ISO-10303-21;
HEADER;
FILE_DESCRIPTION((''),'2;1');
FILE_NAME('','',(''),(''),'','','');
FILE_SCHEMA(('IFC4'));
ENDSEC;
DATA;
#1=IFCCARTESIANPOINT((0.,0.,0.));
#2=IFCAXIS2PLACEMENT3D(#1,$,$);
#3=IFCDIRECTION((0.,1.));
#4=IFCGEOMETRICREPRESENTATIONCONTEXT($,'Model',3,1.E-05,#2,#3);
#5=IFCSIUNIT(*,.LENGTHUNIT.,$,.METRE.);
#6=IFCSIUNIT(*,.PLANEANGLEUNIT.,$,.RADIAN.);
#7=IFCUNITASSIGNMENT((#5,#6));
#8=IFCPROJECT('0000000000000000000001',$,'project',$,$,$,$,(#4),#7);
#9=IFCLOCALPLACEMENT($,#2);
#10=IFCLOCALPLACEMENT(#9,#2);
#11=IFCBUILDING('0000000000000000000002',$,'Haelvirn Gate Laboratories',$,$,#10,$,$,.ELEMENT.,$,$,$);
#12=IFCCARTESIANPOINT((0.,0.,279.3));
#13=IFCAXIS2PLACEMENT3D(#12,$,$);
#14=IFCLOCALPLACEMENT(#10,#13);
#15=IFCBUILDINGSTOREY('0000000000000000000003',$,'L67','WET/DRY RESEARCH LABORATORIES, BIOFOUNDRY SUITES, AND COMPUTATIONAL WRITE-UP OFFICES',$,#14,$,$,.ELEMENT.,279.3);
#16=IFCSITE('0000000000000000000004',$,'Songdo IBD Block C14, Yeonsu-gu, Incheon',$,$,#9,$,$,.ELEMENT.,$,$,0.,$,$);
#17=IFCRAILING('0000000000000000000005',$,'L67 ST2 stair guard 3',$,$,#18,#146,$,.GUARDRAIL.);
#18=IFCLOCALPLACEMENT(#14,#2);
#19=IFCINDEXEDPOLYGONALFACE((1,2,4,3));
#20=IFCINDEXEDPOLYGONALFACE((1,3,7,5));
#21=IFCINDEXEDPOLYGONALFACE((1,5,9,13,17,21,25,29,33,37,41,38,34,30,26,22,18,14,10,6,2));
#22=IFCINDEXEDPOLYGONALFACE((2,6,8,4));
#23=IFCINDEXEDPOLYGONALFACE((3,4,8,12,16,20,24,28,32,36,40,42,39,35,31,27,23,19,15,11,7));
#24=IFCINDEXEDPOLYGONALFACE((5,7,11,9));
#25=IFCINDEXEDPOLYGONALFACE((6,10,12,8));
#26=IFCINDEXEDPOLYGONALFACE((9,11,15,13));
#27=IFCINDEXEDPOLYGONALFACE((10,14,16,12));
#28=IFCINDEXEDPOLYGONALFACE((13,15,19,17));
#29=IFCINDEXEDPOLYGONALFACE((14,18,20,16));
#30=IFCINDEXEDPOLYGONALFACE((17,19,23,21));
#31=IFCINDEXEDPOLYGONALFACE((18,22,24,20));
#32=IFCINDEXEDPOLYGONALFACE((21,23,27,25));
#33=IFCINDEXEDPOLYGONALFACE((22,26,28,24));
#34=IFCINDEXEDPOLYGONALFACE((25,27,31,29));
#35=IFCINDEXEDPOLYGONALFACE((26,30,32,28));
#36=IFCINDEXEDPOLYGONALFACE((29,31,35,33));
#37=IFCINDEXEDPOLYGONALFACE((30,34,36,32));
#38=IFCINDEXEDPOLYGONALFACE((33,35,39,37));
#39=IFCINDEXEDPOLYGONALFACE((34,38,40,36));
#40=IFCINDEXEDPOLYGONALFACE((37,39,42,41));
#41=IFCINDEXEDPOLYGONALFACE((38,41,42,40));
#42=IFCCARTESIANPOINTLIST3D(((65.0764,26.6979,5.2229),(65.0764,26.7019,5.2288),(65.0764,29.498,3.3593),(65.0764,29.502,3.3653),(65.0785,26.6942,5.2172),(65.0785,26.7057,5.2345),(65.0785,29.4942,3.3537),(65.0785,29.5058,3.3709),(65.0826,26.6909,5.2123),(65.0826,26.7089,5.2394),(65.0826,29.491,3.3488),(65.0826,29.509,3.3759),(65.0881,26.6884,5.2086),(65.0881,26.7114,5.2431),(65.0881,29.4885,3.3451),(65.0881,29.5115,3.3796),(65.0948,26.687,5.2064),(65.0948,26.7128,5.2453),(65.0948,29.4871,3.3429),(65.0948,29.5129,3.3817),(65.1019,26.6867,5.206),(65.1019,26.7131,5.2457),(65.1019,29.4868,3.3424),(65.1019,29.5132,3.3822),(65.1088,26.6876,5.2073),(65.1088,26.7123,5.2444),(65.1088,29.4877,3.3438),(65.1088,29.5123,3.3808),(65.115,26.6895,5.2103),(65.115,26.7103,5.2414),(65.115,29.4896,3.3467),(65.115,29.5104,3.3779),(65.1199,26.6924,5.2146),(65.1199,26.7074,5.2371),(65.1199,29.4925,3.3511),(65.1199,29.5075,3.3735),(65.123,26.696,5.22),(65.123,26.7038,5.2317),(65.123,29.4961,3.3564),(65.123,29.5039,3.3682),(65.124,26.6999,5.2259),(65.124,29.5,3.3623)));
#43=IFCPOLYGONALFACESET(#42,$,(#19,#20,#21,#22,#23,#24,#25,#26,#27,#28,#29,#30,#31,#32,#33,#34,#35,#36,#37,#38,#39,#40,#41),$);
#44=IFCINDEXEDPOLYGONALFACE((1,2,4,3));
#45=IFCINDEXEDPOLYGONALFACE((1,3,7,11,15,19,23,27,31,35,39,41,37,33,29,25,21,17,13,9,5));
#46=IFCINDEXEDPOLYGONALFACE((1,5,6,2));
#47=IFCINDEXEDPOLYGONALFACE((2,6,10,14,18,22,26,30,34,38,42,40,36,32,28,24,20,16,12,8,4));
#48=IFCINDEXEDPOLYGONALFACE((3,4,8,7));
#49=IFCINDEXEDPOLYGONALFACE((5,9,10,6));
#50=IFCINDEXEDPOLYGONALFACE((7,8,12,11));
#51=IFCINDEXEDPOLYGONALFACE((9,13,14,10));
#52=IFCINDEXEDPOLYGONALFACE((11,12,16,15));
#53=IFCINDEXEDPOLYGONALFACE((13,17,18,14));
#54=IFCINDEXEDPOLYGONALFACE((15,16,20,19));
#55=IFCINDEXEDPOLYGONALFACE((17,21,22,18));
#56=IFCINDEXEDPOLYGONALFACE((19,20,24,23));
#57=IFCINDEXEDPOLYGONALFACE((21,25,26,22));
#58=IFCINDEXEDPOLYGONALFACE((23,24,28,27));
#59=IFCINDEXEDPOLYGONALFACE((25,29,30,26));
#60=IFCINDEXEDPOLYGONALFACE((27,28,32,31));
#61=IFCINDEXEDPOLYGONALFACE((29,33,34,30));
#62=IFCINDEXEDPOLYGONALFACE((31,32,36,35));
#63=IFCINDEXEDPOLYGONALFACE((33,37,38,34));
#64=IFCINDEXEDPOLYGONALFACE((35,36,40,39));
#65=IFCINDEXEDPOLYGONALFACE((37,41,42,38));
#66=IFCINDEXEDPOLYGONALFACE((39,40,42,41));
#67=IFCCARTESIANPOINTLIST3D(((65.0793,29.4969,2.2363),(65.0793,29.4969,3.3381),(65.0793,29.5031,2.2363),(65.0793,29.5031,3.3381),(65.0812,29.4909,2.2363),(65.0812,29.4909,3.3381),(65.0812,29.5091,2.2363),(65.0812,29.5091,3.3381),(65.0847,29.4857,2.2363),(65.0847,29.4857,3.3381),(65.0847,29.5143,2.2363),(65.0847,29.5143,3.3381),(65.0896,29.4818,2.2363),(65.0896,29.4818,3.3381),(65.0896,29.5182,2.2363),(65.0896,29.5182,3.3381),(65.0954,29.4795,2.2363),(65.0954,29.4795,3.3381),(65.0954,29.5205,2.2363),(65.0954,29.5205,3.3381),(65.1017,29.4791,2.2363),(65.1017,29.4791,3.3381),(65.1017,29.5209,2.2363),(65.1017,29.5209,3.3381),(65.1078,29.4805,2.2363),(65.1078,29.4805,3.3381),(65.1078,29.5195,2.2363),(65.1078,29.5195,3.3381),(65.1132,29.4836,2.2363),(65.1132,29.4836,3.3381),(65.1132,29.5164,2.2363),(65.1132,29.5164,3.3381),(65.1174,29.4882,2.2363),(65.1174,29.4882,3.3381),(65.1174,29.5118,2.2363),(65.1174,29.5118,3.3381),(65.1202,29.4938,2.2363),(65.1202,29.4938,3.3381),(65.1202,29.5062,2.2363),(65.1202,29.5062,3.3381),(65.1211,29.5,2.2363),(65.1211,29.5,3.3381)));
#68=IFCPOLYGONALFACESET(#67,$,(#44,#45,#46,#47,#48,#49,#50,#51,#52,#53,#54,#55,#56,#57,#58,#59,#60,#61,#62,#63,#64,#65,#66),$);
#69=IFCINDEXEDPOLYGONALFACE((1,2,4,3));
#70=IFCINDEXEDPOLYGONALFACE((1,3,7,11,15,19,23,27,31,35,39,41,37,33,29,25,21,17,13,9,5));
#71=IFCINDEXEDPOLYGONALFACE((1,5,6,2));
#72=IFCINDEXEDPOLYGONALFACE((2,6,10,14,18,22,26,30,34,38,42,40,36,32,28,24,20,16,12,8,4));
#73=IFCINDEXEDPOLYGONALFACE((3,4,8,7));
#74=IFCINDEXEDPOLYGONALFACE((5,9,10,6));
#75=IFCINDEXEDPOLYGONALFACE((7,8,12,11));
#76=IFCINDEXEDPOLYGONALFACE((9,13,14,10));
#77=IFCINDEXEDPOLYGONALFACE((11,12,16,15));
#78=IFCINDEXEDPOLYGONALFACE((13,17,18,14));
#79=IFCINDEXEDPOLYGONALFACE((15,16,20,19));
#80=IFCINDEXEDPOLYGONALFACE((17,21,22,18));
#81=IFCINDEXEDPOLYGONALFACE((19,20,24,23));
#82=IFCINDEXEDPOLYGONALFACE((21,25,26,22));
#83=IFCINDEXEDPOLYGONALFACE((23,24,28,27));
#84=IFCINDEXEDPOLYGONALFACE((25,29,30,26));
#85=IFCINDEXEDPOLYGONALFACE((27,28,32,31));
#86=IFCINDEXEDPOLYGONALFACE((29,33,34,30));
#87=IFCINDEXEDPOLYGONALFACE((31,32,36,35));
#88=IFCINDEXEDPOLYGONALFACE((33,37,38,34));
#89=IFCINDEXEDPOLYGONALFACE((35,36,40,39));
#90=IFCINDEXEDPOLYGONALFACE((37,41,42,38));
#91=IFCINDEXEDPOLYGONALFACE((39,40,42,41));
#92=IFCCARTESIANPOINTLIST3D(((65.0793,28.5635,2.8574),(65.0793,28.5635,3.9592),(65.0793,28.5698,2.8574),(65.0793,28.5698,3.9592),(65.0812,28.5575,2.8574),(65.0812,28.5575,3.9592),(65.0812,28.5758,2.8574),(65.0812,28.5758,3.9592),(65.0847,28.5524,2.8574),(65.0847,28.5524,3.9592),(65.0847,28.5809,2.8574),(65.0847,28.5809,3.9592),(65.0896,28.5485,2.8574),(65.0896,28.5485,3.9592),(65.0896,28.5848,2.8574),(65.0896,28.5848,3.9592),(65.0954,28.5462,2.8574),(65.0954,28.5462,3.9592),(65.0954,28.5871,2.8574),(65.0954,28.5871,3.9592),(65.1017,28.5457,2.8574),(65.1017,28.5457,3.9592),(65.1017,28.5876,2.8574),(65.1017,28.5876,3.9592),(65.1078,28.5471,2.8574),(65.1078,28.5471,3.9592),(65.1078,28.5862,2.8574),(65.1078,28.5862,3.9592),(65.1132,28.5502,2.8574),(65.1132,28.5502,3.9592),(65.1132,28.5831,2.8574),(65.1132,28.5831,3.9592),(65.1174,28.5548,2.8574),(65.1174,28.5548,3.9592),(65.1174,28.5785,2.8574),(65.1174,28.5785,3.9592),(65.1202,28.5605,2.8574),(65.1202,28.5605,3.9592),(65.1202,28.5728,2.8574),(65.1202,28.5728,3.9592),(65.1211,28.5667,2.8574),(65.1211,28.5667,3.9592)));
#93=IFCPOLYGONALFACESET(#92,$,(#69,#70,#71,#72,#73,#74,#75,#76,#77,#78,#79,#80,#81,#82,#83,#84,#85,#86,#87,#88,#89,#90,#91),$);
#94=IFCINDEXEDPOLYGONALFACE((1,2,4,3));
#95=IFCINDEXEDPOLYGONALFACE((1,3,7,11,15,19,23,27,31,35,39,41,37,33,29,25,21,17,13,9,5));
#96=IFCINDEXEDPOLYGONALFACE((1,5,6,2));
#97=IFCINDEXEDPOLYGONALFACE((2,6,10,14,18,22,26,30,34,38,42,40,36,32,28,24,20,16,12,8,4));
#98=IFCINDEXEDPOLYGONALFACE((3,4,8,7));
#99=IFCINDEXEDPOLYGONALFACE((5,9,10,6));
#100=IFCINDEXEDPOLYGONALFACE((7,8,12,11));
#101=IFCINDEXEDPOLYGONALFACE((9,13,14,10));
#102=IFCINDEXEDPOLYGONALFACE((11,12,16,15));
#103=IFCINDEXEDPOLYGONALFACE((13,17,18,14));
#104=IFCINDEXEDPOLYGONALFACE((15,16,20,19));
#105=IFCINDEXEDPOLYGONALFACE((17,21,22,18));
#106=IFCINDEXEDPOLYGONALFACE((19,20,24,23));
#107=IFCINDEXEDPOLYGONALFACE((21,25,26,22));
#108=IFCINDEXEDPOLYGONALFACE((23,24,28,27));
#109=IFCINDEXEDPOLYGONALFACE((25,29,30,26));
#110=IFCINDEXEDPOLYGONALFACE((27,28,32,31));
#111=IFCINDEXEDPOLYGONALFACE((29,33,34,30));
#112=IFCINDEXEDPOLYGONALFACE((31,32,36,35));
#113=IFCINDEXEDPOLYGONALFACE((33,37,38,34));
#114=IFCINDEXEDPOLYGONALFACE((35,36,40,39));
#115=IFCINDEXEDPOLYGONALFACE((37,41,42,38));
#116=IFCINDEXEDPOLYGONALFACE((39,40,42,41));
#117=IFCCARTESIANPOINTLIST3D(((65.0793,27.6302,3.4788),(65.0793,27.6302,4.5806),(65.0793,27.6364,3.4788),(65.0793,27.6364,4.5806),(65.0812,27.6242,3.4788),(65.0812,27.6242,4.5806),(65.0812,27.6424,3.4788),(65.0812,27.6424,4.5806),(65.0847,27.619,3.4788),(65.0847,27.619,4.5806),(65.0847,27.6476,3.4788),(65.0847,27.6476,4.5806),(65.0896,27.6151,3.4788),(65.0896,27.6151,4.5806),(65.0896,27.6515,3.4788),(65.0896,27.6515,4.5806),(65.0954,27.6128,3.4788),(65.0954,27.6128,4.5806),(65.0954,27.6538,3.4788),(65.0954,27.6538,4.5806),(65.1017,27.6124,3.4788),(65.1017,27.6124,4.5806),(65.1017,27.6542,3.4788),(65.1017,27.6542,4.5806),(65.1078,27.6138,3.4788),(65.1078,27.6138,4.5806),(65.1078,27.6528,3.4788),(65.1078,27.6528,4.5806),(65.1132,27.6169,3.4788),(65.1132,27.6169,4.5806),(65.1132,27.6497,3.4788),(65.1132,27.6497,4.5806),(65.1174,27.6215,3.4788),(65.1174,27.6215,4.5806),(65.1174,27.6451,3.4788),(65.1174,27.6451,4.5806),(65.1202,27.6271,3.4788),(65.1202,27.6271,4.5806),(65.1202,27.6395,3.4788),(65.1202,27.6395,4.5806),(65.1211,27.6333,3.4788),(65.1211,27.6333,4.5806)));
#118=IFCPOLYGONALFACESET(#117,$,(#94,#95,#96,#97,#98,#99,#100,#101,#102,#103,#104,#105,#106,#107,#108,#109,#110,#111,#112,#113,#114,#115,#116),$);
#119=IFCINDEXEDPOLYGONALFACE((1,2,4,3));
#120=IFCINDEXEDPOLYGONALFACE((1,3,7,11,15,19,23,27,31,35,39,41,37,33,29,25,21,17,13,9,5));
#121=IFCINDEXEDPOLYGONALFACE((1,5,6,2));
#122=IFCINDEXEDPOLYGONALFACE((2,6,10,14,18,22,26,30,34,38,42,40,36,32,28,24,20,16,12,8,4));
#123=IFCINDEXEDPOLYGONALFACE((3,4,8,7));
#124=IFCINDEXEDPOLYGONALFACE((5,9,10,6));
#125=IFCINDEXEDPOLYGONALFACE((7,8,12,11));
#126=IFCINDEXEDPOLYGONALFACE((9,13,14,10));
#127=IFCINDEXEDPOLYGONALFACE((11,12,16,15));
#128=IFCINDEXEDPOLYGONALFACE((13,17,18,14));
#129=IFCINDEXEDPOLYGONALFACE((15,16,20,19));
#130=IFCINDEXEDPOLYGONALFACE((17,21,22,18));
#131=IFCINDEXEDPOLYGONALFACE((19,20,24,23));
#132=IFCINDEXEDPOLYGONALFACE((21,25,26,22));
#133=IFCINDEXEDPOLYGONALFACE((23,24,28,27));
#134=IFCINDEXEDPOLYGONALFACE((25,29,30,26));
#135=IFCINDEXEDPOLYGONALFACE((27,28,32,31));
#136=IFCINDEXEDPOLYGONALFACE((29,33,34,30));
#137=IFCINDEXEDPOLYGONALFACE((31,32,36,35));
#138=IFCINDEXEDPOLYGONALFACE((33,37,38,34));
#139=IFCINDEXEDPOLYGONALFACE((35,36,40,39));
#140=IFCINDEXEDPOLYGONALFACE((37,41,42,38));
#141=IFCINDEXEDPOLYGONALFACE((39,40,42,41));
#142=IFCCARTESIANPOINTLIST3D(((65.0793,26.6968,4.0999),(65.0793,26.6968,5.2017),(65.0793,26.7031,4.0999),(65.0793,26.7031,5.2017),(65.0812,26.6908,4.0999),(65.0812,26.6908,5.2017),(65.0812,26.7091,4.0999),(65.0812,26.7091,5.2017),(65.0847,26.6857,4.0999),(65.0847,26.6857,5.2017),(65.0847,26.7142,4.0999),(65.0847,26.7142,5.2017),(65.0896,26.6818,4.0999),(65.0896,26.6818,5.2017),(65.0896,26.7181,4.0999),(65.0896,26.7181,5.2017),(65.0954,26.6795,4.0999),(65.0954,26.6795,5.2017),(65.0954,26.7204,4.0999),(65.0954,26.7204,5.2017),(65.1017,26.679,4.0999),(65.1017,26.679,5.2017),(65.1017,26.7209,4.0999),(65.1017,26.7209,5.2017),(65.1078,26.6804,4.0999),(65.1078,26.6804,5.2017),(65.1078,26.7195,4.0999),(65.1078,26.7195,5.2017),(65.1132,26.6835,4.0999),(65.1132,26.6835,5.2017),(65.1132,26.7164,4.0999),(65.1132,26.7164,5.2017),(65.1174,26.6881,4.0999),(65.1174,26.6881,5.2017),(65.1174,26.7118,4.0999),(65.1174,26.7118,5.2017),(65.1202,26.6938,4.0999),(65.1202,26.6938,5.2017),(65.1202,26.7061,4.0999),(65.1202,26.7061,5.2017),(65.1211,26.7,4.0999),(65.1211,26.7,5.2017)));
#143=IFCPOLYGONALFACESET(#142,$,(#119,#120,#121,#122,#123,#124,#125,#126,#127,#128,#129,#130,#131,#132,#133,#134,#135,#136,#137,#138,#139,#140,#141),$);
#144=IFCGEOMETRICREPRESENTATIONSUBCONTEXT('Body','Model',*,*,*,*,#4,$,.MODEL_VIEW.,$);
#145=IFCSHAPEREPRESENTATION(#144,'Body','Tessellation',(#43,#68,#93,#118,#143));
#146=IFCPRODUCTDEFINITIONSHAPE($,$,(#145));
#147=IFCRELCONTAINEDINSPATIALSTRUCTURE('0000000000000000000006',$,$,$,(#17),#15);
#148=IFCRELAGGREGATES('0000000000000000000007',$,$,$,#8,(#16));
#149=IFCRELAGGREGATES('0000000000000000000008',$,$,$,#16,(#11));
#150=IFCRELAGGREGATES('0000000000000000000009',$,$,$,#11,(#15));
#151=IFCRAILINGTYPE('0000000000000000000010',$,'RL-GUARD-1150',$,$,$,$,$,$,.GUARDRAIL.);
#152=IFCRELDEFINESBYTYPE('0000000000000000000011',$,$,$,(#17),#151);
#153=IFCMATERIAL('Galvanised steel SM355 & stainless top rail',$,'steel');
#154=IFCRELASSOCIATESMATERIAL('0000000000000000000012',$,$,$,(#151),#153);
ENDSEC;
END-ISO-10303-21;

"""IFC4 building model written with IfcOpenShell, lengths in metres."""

from ifc_helpers import new_model, si_unit, direction, frame, origin, origin_2d, place, context, subcontext, project, spatial, circle, extrude, source, transform, mapped, material, type_object, element, save


model = new_model("IFC4")

# Units and contexts
model_context = context("Model", 3, precision=1e-05, world=origin(), true_north=direction((0.0, 1.0)))
body_context = subcontext(model_context, "Body", "Model", "MODEL_VIEW")
ifc_project = project(units=[si_unit("LENGTHUNIT", "METRE"), si_unit("PLANEANGLEUNIT", "RADIAN")], contexts=[model_context])

# Site, building, storey
site_placement = place(None, origin())
site = spatial("IfcSite", under=ifc_project, at=site_placement, Name="Songdo IBD Block C14, Yeonsu-gu, Incheon", CompositionType="ELEMENT", RefElevation=0.0)
building_placement = place(site_placement, origin())
building = spatial("IfcBuilding", under=site, at=building_placement, Name="Haelvirn Gate Laboratories", CompositionType="ELEMENT")
storey_placement = place(building_placement, frame((0.0, 0.0, 279.3)))
storey = spatial("IfcBuildingStorey", under=building, at=storey_placement, Name="L67", Description="WET/DRY RESEARCH LABORATORIES, BIOFOUNDRY SUITES, AND COMPUTATIONAL WRITE-UP OFFICES", CompositionType="ELEMENT", Elevation=279.3)

# Railing
ifc_material_1 = material(Name="Galvanised steel SM355 & stainless top rail", Category="steel")
railing_type_1 = type_object("IfcRailingType", Name="RL-GUARD-1150", PredefinedType="GUARDRAIL", material=ifc_material_1)
shared_shape_1 = source(origin(), body_context, "Body", "SweptSolid", [
    extrude(circle(Radius=0.0239, at=origin_2d()), frame((0.0, 0.0, 1.126), z_axis=(0.0, -0.832486, 0.554047), x_axis=(1.0, 0.0, 0.0)), (0.0, 0.0, 1.0), 3.3635),
    extrude(circle(Radius=0.021, at=origin_2d()), origin(), (0.0, 0.0, 1.0), 1.1018),
    extrude(circle(Radius=0.021, at=origin_2d()), frame((0.0, -0.9333, 0.6211)), (0.0, 0.0, 1.0), 1.1018),
    extrude(circle(Radius=0.021, at=origin_2d()), frame((0.0, -1.8667, 1.2424)), (0.0, 0.0, 1.0), 1.1018),
    extrude(circle(Radius=0.021, at=origin_2d()), frame((0.0, -2.8, 1.8635)), (0.0, 0.0, 1.0), 1.1018),
])
railing_1_placement = place(storey_placement, frame((65.1001, 29.5, 2.2363)))
element("IfcRailing", 1, at=railing_1_placement, inside=storey, type_object=railing_type_1, Name="L67 ST2 stair guard 3", PredefinedType="GUARDRAIL", context=body_context, shape_type="MappedRepresentation", body=[
    mapped(shared_shape_1, transform((0.0, 0.0, 0.0), scale=1.0)),
])

save(model, "model.ifc")
